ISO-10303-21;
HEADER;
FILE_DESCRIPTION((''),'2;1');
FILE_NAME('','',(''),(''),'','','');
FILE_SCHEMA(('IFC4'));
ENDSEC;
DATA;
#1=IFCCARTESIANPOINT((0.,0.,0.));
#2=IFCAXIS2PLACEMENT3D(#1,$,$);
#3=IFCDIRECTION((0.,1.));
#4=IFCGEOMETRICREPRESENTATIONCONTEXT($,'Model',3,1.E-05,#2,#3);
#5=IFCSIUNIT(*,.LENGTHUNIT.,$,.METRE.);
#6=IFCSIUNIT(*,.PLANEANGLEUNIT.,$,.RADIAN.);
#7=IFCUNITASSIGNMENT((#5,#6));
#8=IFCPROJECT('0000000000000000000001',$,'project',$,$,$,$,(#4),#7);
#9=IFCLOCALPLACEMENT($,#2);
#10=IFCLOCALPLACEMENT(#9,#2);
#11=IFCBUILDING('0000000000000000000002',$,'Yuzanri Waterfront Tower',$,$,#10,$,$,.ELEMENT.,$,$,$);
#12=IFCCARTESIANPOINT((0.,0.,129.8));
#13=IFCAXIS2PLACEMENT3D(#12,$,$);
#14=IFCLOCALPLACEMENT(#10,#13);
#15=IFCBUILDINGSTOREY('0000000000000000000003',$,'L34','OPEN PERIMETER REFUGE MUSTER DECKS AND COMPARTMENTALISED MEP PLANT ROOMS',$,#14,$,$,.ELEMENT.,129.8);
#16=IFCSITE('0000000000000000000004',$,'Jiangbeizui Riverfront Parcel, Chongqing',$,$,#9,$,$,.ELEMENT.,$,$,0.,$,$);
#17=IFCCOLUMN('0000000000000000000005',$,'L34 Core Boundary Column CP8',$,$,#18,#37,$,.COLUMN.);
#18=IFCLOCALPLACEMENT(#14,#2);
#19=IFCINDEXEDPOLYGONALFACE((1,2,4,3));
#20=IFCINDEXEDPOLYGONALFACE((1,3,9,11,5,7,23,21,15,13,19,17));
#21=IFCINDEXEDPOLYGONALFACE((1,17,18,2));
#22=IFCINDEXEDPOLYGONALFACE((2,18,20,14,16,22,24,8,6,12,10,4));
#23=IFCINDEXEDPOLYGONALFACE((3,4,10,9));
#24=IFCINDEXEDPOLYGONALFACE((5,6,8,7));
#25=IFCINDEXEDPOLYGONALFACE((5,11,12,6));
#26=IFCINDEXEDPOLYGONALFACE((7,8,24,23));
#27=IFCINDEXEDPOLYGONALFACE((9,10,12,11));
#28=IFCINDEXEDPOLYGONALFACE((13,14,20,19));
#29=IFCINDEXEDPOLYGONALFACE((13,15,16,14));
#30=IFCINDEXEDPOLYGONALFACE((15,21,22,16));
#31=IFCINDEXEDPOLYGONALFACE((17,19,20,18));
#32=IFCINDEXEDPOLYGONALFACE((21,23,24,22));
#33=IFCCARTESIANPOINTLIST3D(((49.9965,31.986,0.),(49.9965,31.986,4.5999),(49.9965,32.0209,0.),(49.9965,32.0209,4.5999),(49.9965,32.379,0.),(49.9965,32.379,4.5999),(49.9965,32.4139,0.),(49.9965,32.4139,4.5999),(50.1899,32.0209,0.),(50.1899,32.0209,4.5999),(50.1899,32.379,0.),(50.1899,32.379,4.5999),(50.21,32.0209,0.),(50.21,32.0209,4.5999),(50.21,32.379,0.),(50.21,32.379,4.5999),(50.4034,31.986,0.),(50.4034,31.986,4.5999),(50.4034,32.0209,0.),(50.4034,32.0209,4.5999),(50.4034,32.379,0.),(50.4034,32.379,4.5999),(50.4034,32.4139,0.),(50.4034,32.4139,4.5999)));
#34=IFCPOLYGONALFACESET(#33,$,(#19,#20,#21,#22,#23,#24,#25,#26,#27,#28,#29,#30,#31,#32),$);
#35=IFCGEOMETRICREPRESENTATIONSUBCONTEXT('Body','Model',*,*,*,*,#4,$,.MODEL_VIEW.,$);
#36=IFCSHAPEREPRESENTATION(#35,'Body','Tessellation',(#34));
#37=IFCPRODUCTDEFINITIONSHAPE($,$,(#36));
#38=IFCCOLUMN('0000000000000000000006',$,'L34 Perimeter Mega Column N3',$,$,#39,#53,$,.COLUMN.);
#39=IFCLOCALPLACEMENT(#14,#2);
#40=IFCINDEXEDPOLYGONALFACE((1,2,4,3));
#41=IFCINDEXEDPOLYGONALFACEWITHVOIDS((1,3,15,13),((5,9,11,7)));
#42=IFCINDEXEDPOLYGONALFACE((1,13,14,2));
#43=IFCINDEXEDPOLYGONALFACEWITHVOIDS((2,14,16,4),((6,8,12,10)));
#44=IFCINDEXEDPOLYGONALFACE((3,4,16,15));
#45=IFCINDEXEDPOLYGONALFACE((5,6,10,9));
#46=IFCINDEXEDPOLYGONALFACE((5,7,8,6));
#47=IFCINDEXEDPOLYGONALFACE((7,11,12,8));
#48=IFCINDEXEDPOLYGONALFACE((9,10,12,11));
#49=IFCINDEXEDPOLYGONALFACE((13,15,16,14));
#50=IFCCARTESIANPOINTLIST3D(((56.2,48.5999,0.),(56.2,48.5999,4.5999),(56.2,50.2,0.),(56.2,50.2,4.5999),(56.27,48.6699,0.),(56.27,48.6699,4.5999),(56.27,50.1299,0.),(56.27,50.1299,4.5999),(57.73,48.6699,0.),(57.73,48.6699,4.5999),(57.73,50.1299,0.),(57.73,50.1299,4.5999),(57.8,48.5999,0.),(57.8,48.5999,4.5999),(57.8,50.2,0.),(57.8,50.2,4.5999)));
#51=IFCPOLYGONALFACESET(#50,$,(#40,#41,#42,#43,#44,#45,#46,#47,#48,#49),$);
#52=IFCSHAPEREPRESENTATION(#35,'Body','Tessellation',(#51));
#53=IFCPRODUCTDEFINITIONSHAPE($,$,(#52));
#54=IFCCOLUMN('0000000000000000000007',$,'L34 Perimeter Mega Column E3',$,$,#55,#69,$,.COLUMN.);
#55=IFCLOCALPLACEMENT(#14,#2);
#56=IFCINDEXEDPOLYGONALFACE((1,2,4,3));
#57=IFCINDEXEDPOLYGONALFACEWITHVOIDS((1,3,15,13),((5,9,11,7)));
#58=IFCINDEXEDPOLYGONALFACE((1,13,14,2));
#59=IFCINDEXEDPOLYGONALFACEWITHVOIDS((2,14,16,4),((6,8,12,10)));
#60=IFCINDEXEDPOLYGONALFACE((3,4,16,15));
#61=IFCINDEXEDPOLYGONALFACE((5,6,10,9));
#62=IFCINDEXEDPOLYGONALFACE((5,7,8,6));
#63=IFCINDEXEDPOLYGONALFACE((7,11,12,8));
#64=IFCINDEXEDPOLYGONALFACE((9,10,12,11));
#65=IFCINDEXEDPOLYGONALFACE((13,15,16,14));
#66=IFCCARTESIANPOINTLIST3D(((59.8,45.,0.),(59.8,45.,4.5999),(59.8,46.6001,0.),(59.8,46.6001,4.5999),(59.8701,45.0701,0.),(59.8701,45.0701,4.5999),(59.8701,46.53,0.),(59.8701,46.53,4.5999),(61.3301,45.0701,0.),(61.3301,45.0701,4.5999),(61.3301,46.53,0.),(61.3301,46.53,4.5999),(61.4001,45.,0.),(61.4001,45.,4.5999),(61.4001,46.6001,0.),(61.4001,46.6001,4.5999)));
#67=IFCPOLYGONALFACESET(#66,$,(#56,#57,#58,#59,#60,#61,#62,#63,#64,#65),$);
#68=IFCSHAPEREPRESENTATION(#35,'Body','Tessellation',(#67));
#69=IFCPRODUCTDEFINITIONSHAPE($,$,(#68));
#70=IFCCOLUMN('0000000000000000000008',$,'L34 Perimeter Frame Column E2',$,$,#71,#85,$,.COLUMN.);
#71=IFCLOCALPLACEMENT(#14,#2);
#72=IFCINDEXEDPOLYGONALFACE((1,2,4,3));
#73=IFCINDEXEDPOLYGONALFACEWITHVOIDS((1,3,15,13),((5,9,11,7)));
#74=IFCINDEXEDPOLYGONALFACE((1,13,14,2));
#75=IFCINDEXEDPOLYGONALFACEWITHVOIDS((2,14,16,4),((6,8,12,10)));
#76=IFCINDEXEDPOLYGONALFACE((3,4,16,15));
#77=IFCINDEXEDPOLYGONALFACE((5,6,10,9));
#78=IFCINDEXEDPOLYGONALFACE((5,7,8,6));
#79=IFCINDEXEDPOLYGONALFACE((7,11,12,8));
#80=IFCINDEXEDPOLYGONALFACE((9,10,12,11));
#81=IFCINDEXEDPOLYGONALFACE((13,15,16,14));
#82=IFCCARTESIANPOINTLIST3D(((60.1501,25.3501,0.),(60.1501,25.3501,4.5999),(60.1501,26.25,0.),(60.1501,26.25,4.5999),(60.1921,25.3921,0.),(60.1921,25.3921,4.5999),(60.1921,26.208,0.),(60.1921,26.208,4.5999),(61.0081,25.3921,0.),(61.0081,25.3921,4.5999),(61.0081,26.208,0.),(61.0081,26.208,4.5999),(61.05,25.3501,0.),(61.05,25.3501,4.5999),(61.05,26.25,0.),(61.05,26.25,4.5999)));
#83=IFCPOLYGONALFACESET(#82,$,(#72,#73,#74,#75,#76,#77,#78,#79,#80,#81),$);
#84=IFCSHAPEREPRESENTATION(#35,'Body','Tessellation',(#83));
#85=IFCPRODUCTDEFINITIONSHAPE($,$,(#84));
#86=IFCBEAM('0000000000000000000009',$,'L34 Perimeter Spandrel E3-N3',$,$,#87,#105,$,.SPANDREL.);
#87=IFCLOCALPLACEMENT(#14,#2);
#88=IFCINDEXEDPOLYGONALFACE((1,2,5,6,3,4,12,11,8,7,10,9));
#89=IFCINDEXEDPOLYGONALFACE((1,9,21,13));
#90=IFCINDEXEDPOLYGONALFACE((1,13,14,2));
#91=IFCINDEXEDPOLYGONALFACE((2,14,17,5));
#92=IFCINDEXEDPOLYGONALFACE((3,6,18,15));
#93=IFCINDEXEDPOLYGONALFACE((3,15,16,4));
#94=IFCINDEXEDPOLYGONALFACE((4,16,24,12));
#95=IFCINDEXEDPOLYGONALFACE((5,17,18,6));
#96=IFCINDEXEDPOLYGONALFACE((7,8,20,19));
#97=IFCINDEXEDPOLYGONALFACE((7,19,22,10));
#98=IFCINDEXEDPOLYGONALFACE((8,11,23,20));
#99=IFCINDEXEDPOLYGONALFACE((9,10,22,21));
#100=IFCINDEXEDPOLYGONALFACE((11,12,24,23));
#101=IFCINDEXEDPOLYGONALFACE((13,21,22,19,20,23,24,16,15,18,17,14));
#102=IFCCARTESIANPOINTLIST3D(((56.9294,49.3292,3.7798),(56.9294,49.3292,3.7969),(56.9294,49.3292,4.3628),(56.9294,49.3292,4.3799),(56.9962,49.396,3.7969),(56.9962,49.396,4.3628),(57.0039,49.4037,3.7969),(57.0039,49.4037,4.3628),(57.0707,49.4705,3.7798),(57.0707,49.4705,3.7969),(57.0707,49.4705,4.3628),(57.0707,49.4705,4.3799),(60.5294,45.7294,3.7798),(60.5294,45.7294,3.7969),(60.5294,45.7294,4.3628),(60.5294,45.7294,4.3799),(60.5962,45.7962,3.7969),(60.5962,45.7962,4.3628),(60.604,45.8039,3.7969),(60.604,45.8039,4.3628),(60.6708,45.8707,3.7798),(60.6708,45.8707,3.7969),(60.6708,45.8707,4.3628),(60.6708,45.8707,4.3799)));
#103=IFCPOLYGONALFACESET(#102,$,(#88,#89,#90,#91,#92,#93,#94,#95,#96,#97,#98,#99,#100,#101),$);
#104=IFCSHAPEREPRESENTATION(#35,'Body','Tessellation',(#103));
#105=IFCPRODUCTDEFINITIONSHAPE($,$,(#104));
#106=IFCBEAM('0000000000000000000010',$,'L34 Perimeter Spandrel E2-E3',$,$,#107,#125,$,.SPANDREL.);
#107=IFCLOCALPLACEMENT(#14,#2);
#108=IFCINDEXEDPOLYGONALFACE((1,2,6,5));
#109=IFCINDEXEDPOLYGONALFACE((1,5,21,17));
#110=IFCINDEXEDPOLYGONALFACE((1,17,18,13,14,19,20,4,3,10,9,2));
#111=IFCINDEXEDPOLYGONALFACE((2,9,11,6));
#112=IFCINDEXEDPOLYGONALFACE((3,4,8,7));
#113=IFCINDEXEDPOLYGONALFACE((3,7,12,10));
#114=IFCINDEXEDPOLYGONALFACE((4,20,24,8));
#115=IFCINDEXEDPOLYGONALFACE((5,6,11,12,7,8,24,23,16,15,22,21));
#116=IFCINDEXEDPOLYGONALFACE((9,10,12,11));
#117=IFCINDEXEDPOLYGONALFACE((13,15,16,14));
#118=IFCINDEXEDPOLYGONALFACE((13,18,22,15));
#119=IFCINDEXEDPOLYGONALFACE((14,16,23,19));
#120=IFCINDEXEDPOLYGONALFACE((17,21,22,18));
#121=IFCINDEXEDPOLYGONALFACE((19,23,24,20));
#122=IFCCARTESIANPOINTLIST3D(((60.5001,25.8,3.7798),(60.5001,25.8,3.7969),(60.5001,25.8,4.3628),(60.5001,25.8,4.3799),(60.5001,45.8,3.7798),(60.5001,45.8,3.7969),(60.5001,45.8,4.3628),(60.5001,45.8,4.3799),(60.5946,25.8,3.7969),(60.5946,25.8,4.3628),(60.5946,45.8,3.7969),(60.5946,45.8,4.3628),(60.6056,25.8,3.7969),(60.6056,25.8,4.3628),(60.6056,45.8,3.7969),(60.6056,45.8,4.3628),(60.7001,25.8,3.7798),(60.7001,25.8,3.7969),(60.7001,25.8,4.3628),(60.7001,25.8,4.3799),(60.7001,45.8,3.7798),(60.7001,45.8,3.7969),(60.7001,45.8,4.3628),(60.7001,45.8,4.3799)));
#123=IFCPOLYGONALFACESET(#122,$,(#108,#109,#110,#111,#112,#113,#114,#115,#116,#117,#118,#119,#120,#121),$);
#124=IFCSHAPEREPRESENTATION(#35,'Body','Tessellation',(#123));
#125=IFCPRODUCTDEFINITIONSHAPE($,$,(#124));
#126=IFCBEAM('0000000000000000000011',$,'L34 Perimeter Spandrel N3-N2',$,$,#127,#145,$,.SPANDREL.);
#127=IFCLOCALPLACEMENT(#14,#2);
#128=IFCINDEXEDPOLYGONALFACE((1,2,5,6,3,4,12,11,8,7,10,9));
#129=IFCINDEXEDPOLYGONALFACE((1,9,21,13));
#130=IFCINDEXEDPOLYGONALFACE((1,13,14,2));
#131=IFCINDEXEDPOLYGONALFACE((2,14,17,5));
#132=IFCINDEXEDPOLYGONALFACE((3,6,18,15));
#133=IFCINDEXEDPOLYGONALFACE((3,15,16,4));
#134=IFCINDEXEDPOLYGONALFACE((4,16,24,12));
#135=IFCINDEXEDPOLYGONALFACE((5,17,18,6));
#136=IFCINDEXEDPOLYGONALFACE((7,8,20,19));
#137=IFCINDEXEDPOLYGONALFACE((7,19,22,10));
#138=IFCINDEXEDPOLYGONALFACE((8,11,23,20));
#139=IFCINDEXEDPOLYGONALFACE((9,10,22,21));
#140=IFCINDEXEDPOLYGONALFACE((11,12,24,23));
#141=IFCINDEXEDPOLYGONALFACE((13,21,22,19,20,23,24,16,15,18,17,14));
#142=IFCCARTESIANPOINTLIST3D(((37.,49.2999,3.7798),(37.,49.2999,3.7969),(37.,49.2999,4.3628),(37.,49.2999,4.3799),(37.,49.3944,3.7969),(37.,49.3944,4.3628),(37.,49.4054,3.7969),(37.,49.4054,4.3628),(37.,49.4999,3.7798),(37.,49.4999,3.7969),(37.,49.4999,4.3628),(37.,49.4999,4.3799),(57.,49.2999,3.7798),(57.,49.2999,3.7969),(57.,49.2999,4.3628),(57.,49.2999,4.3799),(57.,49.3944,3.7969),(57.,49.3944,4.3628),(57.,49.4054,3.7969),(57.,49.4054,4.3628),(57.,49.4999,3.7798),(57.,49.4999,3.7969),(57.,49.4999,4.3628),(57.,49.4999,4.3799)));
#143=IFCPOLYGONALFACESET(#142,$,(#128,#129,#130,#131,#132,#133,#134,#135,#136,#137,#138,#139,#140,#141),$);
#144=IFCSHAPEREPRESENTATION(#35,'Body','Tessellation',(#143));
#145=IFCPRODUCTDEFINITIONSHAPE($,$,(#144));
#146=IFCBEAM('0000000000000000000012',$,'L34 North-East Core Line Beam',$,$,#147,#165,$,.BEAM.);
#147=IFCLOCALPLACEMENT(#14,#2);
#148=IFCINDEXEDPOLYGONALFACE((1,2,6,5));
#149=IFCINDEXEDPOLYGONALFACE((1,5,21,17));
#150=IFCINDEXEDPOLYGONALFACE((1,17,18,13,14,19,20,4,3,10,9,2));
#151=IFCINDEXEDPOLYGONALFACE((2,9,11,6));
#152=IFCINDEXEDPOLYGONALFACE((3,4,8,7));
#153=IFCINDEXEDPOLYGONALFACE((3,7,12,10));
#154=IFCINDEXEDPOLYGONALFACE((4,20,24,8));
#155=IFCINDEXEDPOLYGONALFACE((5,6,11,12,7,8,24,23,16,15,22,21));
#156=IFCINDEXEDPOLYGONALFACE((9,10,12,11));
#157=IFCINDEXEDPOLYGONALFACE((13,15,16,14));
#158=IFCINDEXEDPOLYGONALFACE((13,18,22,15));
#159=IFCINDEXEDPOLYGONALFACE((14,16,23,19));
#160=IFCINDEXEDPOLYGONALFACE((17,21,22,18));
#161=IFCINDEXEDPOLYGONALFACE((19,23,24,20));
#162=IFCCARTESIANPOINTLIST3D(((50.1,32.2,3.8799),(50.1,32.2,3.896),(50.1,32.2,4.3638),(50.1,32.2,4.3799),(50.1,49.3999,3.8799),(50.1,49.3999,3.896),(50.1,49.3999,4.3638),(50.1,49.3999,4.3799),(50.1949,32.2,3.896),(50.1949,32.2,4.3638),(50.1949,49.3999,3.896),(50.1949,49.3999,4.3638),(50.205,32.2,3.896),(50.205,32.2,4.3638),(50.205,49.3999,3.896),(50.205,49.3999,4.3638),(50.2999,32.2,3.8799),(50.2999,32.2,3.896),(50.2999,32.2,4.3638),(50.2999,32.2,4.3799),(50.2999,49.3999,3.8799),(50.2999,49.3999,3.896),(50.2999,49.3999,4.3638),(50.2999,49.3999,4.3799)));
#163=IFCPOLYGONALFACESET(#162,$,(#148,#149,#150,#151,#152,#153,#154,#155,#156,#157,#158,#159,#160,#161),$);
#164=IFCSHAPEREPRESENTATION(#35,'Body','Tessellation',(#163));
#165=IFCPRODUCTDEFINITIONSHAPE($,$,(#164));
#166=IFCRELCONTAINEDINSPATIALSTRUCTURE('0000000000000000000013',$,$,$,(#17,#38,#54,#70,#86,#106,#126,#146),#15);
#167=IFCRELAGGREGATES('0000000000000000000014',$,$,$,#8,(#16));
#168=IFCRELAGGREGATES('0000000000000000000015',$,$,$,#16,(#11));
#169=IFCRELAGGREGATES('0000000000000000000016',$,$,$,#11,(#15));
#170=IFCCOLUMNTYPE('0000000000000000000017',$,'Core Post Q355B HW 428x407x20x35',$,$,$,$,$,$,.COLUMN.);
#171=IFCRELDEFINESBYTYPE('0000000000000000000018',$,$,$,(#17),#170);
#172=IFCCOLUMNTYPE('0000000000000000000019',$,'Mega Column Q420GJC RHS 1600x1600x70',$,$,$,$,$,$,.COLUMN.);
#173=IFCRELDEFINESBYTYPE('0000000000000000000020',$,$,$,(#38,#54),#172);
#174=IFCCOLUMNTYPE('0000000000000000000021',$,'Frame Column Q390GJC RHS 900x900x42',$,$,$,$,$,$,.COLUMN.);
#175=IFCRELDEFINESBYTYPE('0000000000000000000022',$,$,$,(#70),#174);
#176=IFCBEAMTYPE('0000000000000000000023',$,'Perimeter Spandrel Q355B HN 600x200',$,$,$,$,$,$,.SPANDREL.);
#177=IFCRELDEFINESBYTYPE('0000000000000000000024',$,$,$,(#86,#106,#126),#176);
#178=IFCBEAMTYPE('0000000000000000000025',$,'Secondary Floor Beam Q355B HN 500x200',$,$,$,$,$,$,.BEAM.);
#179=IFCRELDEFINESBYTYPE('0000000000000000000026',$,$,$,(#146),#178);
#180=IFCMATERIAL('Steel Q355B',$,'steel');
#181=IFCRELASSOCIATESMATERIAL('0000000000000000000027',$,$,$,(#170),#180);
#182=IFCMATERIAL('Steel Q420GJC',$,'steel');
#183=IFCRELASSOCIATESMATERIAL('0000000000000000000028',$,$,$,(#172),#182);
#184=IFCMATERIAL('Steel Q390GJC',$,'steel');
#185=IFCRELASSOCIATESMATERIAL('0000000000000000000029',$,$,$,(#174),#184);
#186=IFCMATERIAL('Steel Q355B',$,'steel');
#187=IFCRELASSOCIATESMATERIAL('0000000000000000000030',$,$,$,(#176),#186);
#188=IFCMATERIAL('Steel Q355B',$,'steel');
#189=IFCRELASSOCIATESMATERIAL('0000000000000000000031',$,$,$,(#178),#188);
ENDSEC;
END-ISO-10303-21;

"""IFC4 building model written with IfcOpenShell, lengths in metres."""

from ifc_helpers import new_model, si_unit, direction, frame, origin, origin_2d, place, context, subcontext, project, spatial, hollow_rectangle, i_section, extrude, source, transform, mapped, material, material_profile, profile_set, type_object, element, save


model = new_model("IFC4")

# Units and contexts
model_context = context("Model", 3, precision=1e-05, world=origin(), true_north=direction((0.0, 1.0)))
body_context = subcontext(model_context, "Body", "Model", "MODEL_VIEW")
ifc_project = project(units=[si_unit("LENGTHUNIT", "METRE"), si_unit("PLANEANGLEUNIT", "RADIAN")], contexts=[model_context])

# Site, building, storey
site_placement = place(None, origin())
site = spatial("IfcSite", under=ifc_project, at=site_placement, Name="Jiangbeizui Riverfront Parcel, Chongqing", CompositionType="ELEMENT", RefElevation=0.0)
building_placement = place(site_placement, origin())
building = spatial("IfcBuilding", under=site, at=building_placement, Name="Yuzanri Waterfront Tower", CompositionType="ELEMENT")
storey_placement = place(building_placement, frame((0.0, 0.0, 129.8)))
storey = spatial("IfcBuildingStorey", under=building, at=storey_placement, Name="L34", Description="OPEN PERIMETER REFUGE MUSTER DECKS AND COMPARTMENTALISED MEP PLANT ROOMS", CompositionType="ELEMENT", Elevation=129.8)

# Columns
ifc_material_1 = material(Name="Steel Q355B", Category="steel")
ifc_material_profile_1 = material_profile(ifc_material_1, i_section(OverallWidth=0.407, OverallDepth=0.428, WebThickness=0.02, FlangeThickness=0.0349, at=origin_2d()), Name="HW 428x407x20x35")
ifc_profile_set_1 = profile_set([ifc_material_profile_1], Name="Steel Q355B")
column_type_1 = type_object("IfcColumnType", Name="Core Post Q355B HW 428x407x20x35", PredefinedType="COLUMN", material=ifc_profile_set_1)
shared_shape_1 = source(origin(), body_context, "Body", "SweptSolid", [
    extrude(i_section(OverallWidth=0.407, OverallDepth=0.428, WebThickness=0.02, FlangeThickness=0.0349, at=origin_2d()), origin(), (0.0, 0.0, 1.0), 4.5999),
])
column_1_placement = place(storey_placement, frame((50.2, 32.2, 0.0), z_axis=(0.0, 0.0, 1.0), x_axis=(1.0, 0.0, 0.0)))
element("IfcColumn", 1, at=column_1_placement, inside=storey, type_object=column_type_1, Name="L34 Core Boundary Column CP8", PredefinedType="COLUMN", context=body_context, shape_type="MappedRepresentation", body=[
    mapped(shared_shape_1, transform((0.0, 0.0, 0.0), scale=1.0)),
])
ifc_material_2 = material(Name="Steel Q420GJC", Category="steel")
ifc_material_profile_2 = material_profile(ifc_material_2, hollow_rectangle(XDim=1.6001, YDim=1.6001, WallThickness=0.0701, at=origin_2d()), Name="RHS 1600x1600x70")
ifc_profile_set_2 = profile_set([ifc_material_profile_2], Name="Steel Q420GJC")
column_type_2 = type_object("IfcColumnType", Name="Mega Column Q420GJC RHS 1600x1600x70", PredefinedType="COLUMN", material=ifc_profile_set_2)
shared_shape_2 = source(origin(), body_context, "Body", "SweptSolid", [
    extrude(hollow_rectangle(XDim=1.6001, YDim=1.6001, WallThickness=0.0701, at=origin_2d()), origin(), (0.0, 0.0, 1.0), 4.5999),
])
for number, where, z_axis, x_axis, name in (
    (2, (57.0, 49.3999, 0.0), (0.0, 0.0, 1.0), (1.0, 0.0, 0.0), "L34 Perimeter Mega Column N3"),
    (3, (60.6001, 45.8, 0.0), (0.0, 0.0, 1.0), (1.0, 0.0, 0.0), "L34 Perimeter Mega Column E3"),
):
    element("IfcColumn", number, at=place(storey_placement, frame(where, z_axis=z_axis, x_axis=x_axis)), inside=storey, type_object=column_type_2, Name=name, PredefinedType="COLUMN", context=body_context, shape_type="MappedRepresentation", body=[
        mapped(shared_shape_2, transform((0.0, 0.0, 0.0), scale=1.0)),
    ])
ifc_material_3 = material(Name="Steel Q390GJC", Category="steel")
ifc_material_profile_3 = material_profile(ifc_material_3, hollow_rectangle(XDim=0.8999, YDim=0.8999, WallThickness=0.042, at=origin_2d()), Name="RHS 900x900x42")
ifc_profile_set_3 = profile_set([ifc_material_profile_3], Name="Steel Q390GJC")
column_type_3 = type_object("IfcColumnType", Name="Frame Column Q390GJC RHS 900x900x42", PredefinedType="COLUMN", material=ifc_profile_set_3)
shared_shape_3 = source(origin(), body_context, "Body", "SweptSolid", [
    extrude(hollow_rectangle(XDim=0.8999, YDim=0.8999, WallThickness=0.042, at=origin_2d()), origin(), (0.0, 0.0, 1.0), 4.5999),
])
column_2_placement = place(storey_placement, frame((60.6001, 25.8, 0.0), z_axis=(0.0, 0.0, 1.0), x_axis=(1.0, 0.0, 0.0)))
element("IfcColumn", 4, at=column_2_placement, inside=storey, type_object=column_type_3, Name="L34 Perimeter Frame Column E2", PredefinedType="COLUMN", context=body_context, shape_type="MappedRepresentation", body=[
    mapped(shared_shape_3, transform((0.0, 0.0, 0.0), scale=1.0)),
])

# Beams
ifc_material_4 = material(Name="Steel Q355B", Category="steel")
ifc_material_profile_4 = material_profile(ifc_material_4, i_section(OverallWidth=0.2, OverallDepth=0.6001, WebThickness=0.011, FlangeThickness=0.0171, at=origin_2d()), Name="HN 600x200x11x17")
ifc_profile_set_4 = profile_set([ifc_material_profile_4], Name="Steel Q355B")
beam_type_1 = type_object("IfcBeamType", Name="Perimeter Spandrel Q355B HN 600x200", PredefinedType="SPANDREL", material=ifc_profile_set_4)
shared_shape_4 = source(origin(), body_context, "Body", "SweptSolid", [
    extrude(i_section(OverallWidth=0.2, OverallDepth=0.6001, WebThickness=0.011, FlangeThickness=0.0171, at=origin_2d()), origin(), (0.0, 0.0, 1.0), 5.0911),
])
beam_1_placement = place(storey_placement, frame((60.6001, 45.8, 4.0798), z_axis=(-0.707131, 0.707083, 0.0), x_axis=(-0.707083, -0.707131, 0.0)))
element("IfcBeam", 5, at=beam_1_placement, inside=storey, type_object=beam_type_1, Name="L34 Perimeter Spandrel E3-N3", PredefinedType="SPANDREL", context=body_context, shape_type="MappedRepresentation", body=[
    mapped(shared_shape_4, transform((0.0, 0.0, 0.0), scale=1.0)),
])
shared_shape_5 = source(origin(), body_context, "Body", "SweptSolid", [
    extrude(i_section(OverallWidth=0.2, OverallDepth=0.6001, WebThickness=0.011, FlangeThickness=0.0171, at=origin_2d()), origin(), (0.0, 0.0, 1.0), 20.0),
])
for number, where, z_axis, x_axis, name in (
    (6, (60.6001, 25.8, 4.0798), (0.0, 1.0, 0.0), (-1.0, 0.0, 0.0), "L34 Perimeter Spandrel E2-E3"),
    (7, (57.0, 49.3999, 4.0798), (-1.0, 0.0, 0.0), (0.0, -1.0, 0.0), "L34 Perimeter Spandrel N3-N2"),
):
    element("IfcBeam", number, at=place(storey_placement, frame(where, z_axis=z_axis, x_axis=x_axis)), inside=storey, type_object=beam_type_1, Name=name, PredefinedType="SPANDREL", context=body_context, shape_type="MappedRepresentation", body=[
        mapped(shared_shape_5, transform((0.0, 0.0, 0.0), scale=1.0)),
    ])
ifc_material_5 = material(Name="Steel Q355B", Category="steel")
ifc_material_profile_5 = material_profile(ifc_material_5, i_section(OverallWidth=0.2, OverallDepth=0.5, WebThickness=0.01, FlangeThickness=0.0161, at=origin_2d()), Name="HN 500x200x10x16")
ifc_profile_set_5 = profile_set([ifc_material_profile_5], Name="Steel Q355B")
beam_type_2 = type_object("IfcBeamType", Name="Secondary Floor Beam Q355B HN 500x200", PredefinedType="BEAM", material=ifc_profile_set_5)
shared_shape_6 = source(origin(), body_context, "Body", "SweptSolid", [
    extrude(i_section(OverallWidth=0.2, OverallDepth=0.5, WebThickness=0.01, FlangeThickness=0.0161, at=origin_2d()), origin(), (0.0, 0.0, 1.0), 17.2),
])
beam_2_placement = place(storey_placement, frame((50.2, 32.2, 4.1299), z_axis=(0.0, 1.0, 0.0), x_axis=(-1.0, 0.0, 0.0)))
element("IfcBeam", 8, at=beam_2_placement, inside=storey, type_object=beam_type_2, Name="L34 North-East Core Line Beam", PredefinedType="BEAM", context=body_context, shape_type="MappedRepresentation", body=[
    mapped(shared_shape_6, transform((0.0, 0.0, 0.0), scale=1.0)),
])

save(model, "model.ifc")
